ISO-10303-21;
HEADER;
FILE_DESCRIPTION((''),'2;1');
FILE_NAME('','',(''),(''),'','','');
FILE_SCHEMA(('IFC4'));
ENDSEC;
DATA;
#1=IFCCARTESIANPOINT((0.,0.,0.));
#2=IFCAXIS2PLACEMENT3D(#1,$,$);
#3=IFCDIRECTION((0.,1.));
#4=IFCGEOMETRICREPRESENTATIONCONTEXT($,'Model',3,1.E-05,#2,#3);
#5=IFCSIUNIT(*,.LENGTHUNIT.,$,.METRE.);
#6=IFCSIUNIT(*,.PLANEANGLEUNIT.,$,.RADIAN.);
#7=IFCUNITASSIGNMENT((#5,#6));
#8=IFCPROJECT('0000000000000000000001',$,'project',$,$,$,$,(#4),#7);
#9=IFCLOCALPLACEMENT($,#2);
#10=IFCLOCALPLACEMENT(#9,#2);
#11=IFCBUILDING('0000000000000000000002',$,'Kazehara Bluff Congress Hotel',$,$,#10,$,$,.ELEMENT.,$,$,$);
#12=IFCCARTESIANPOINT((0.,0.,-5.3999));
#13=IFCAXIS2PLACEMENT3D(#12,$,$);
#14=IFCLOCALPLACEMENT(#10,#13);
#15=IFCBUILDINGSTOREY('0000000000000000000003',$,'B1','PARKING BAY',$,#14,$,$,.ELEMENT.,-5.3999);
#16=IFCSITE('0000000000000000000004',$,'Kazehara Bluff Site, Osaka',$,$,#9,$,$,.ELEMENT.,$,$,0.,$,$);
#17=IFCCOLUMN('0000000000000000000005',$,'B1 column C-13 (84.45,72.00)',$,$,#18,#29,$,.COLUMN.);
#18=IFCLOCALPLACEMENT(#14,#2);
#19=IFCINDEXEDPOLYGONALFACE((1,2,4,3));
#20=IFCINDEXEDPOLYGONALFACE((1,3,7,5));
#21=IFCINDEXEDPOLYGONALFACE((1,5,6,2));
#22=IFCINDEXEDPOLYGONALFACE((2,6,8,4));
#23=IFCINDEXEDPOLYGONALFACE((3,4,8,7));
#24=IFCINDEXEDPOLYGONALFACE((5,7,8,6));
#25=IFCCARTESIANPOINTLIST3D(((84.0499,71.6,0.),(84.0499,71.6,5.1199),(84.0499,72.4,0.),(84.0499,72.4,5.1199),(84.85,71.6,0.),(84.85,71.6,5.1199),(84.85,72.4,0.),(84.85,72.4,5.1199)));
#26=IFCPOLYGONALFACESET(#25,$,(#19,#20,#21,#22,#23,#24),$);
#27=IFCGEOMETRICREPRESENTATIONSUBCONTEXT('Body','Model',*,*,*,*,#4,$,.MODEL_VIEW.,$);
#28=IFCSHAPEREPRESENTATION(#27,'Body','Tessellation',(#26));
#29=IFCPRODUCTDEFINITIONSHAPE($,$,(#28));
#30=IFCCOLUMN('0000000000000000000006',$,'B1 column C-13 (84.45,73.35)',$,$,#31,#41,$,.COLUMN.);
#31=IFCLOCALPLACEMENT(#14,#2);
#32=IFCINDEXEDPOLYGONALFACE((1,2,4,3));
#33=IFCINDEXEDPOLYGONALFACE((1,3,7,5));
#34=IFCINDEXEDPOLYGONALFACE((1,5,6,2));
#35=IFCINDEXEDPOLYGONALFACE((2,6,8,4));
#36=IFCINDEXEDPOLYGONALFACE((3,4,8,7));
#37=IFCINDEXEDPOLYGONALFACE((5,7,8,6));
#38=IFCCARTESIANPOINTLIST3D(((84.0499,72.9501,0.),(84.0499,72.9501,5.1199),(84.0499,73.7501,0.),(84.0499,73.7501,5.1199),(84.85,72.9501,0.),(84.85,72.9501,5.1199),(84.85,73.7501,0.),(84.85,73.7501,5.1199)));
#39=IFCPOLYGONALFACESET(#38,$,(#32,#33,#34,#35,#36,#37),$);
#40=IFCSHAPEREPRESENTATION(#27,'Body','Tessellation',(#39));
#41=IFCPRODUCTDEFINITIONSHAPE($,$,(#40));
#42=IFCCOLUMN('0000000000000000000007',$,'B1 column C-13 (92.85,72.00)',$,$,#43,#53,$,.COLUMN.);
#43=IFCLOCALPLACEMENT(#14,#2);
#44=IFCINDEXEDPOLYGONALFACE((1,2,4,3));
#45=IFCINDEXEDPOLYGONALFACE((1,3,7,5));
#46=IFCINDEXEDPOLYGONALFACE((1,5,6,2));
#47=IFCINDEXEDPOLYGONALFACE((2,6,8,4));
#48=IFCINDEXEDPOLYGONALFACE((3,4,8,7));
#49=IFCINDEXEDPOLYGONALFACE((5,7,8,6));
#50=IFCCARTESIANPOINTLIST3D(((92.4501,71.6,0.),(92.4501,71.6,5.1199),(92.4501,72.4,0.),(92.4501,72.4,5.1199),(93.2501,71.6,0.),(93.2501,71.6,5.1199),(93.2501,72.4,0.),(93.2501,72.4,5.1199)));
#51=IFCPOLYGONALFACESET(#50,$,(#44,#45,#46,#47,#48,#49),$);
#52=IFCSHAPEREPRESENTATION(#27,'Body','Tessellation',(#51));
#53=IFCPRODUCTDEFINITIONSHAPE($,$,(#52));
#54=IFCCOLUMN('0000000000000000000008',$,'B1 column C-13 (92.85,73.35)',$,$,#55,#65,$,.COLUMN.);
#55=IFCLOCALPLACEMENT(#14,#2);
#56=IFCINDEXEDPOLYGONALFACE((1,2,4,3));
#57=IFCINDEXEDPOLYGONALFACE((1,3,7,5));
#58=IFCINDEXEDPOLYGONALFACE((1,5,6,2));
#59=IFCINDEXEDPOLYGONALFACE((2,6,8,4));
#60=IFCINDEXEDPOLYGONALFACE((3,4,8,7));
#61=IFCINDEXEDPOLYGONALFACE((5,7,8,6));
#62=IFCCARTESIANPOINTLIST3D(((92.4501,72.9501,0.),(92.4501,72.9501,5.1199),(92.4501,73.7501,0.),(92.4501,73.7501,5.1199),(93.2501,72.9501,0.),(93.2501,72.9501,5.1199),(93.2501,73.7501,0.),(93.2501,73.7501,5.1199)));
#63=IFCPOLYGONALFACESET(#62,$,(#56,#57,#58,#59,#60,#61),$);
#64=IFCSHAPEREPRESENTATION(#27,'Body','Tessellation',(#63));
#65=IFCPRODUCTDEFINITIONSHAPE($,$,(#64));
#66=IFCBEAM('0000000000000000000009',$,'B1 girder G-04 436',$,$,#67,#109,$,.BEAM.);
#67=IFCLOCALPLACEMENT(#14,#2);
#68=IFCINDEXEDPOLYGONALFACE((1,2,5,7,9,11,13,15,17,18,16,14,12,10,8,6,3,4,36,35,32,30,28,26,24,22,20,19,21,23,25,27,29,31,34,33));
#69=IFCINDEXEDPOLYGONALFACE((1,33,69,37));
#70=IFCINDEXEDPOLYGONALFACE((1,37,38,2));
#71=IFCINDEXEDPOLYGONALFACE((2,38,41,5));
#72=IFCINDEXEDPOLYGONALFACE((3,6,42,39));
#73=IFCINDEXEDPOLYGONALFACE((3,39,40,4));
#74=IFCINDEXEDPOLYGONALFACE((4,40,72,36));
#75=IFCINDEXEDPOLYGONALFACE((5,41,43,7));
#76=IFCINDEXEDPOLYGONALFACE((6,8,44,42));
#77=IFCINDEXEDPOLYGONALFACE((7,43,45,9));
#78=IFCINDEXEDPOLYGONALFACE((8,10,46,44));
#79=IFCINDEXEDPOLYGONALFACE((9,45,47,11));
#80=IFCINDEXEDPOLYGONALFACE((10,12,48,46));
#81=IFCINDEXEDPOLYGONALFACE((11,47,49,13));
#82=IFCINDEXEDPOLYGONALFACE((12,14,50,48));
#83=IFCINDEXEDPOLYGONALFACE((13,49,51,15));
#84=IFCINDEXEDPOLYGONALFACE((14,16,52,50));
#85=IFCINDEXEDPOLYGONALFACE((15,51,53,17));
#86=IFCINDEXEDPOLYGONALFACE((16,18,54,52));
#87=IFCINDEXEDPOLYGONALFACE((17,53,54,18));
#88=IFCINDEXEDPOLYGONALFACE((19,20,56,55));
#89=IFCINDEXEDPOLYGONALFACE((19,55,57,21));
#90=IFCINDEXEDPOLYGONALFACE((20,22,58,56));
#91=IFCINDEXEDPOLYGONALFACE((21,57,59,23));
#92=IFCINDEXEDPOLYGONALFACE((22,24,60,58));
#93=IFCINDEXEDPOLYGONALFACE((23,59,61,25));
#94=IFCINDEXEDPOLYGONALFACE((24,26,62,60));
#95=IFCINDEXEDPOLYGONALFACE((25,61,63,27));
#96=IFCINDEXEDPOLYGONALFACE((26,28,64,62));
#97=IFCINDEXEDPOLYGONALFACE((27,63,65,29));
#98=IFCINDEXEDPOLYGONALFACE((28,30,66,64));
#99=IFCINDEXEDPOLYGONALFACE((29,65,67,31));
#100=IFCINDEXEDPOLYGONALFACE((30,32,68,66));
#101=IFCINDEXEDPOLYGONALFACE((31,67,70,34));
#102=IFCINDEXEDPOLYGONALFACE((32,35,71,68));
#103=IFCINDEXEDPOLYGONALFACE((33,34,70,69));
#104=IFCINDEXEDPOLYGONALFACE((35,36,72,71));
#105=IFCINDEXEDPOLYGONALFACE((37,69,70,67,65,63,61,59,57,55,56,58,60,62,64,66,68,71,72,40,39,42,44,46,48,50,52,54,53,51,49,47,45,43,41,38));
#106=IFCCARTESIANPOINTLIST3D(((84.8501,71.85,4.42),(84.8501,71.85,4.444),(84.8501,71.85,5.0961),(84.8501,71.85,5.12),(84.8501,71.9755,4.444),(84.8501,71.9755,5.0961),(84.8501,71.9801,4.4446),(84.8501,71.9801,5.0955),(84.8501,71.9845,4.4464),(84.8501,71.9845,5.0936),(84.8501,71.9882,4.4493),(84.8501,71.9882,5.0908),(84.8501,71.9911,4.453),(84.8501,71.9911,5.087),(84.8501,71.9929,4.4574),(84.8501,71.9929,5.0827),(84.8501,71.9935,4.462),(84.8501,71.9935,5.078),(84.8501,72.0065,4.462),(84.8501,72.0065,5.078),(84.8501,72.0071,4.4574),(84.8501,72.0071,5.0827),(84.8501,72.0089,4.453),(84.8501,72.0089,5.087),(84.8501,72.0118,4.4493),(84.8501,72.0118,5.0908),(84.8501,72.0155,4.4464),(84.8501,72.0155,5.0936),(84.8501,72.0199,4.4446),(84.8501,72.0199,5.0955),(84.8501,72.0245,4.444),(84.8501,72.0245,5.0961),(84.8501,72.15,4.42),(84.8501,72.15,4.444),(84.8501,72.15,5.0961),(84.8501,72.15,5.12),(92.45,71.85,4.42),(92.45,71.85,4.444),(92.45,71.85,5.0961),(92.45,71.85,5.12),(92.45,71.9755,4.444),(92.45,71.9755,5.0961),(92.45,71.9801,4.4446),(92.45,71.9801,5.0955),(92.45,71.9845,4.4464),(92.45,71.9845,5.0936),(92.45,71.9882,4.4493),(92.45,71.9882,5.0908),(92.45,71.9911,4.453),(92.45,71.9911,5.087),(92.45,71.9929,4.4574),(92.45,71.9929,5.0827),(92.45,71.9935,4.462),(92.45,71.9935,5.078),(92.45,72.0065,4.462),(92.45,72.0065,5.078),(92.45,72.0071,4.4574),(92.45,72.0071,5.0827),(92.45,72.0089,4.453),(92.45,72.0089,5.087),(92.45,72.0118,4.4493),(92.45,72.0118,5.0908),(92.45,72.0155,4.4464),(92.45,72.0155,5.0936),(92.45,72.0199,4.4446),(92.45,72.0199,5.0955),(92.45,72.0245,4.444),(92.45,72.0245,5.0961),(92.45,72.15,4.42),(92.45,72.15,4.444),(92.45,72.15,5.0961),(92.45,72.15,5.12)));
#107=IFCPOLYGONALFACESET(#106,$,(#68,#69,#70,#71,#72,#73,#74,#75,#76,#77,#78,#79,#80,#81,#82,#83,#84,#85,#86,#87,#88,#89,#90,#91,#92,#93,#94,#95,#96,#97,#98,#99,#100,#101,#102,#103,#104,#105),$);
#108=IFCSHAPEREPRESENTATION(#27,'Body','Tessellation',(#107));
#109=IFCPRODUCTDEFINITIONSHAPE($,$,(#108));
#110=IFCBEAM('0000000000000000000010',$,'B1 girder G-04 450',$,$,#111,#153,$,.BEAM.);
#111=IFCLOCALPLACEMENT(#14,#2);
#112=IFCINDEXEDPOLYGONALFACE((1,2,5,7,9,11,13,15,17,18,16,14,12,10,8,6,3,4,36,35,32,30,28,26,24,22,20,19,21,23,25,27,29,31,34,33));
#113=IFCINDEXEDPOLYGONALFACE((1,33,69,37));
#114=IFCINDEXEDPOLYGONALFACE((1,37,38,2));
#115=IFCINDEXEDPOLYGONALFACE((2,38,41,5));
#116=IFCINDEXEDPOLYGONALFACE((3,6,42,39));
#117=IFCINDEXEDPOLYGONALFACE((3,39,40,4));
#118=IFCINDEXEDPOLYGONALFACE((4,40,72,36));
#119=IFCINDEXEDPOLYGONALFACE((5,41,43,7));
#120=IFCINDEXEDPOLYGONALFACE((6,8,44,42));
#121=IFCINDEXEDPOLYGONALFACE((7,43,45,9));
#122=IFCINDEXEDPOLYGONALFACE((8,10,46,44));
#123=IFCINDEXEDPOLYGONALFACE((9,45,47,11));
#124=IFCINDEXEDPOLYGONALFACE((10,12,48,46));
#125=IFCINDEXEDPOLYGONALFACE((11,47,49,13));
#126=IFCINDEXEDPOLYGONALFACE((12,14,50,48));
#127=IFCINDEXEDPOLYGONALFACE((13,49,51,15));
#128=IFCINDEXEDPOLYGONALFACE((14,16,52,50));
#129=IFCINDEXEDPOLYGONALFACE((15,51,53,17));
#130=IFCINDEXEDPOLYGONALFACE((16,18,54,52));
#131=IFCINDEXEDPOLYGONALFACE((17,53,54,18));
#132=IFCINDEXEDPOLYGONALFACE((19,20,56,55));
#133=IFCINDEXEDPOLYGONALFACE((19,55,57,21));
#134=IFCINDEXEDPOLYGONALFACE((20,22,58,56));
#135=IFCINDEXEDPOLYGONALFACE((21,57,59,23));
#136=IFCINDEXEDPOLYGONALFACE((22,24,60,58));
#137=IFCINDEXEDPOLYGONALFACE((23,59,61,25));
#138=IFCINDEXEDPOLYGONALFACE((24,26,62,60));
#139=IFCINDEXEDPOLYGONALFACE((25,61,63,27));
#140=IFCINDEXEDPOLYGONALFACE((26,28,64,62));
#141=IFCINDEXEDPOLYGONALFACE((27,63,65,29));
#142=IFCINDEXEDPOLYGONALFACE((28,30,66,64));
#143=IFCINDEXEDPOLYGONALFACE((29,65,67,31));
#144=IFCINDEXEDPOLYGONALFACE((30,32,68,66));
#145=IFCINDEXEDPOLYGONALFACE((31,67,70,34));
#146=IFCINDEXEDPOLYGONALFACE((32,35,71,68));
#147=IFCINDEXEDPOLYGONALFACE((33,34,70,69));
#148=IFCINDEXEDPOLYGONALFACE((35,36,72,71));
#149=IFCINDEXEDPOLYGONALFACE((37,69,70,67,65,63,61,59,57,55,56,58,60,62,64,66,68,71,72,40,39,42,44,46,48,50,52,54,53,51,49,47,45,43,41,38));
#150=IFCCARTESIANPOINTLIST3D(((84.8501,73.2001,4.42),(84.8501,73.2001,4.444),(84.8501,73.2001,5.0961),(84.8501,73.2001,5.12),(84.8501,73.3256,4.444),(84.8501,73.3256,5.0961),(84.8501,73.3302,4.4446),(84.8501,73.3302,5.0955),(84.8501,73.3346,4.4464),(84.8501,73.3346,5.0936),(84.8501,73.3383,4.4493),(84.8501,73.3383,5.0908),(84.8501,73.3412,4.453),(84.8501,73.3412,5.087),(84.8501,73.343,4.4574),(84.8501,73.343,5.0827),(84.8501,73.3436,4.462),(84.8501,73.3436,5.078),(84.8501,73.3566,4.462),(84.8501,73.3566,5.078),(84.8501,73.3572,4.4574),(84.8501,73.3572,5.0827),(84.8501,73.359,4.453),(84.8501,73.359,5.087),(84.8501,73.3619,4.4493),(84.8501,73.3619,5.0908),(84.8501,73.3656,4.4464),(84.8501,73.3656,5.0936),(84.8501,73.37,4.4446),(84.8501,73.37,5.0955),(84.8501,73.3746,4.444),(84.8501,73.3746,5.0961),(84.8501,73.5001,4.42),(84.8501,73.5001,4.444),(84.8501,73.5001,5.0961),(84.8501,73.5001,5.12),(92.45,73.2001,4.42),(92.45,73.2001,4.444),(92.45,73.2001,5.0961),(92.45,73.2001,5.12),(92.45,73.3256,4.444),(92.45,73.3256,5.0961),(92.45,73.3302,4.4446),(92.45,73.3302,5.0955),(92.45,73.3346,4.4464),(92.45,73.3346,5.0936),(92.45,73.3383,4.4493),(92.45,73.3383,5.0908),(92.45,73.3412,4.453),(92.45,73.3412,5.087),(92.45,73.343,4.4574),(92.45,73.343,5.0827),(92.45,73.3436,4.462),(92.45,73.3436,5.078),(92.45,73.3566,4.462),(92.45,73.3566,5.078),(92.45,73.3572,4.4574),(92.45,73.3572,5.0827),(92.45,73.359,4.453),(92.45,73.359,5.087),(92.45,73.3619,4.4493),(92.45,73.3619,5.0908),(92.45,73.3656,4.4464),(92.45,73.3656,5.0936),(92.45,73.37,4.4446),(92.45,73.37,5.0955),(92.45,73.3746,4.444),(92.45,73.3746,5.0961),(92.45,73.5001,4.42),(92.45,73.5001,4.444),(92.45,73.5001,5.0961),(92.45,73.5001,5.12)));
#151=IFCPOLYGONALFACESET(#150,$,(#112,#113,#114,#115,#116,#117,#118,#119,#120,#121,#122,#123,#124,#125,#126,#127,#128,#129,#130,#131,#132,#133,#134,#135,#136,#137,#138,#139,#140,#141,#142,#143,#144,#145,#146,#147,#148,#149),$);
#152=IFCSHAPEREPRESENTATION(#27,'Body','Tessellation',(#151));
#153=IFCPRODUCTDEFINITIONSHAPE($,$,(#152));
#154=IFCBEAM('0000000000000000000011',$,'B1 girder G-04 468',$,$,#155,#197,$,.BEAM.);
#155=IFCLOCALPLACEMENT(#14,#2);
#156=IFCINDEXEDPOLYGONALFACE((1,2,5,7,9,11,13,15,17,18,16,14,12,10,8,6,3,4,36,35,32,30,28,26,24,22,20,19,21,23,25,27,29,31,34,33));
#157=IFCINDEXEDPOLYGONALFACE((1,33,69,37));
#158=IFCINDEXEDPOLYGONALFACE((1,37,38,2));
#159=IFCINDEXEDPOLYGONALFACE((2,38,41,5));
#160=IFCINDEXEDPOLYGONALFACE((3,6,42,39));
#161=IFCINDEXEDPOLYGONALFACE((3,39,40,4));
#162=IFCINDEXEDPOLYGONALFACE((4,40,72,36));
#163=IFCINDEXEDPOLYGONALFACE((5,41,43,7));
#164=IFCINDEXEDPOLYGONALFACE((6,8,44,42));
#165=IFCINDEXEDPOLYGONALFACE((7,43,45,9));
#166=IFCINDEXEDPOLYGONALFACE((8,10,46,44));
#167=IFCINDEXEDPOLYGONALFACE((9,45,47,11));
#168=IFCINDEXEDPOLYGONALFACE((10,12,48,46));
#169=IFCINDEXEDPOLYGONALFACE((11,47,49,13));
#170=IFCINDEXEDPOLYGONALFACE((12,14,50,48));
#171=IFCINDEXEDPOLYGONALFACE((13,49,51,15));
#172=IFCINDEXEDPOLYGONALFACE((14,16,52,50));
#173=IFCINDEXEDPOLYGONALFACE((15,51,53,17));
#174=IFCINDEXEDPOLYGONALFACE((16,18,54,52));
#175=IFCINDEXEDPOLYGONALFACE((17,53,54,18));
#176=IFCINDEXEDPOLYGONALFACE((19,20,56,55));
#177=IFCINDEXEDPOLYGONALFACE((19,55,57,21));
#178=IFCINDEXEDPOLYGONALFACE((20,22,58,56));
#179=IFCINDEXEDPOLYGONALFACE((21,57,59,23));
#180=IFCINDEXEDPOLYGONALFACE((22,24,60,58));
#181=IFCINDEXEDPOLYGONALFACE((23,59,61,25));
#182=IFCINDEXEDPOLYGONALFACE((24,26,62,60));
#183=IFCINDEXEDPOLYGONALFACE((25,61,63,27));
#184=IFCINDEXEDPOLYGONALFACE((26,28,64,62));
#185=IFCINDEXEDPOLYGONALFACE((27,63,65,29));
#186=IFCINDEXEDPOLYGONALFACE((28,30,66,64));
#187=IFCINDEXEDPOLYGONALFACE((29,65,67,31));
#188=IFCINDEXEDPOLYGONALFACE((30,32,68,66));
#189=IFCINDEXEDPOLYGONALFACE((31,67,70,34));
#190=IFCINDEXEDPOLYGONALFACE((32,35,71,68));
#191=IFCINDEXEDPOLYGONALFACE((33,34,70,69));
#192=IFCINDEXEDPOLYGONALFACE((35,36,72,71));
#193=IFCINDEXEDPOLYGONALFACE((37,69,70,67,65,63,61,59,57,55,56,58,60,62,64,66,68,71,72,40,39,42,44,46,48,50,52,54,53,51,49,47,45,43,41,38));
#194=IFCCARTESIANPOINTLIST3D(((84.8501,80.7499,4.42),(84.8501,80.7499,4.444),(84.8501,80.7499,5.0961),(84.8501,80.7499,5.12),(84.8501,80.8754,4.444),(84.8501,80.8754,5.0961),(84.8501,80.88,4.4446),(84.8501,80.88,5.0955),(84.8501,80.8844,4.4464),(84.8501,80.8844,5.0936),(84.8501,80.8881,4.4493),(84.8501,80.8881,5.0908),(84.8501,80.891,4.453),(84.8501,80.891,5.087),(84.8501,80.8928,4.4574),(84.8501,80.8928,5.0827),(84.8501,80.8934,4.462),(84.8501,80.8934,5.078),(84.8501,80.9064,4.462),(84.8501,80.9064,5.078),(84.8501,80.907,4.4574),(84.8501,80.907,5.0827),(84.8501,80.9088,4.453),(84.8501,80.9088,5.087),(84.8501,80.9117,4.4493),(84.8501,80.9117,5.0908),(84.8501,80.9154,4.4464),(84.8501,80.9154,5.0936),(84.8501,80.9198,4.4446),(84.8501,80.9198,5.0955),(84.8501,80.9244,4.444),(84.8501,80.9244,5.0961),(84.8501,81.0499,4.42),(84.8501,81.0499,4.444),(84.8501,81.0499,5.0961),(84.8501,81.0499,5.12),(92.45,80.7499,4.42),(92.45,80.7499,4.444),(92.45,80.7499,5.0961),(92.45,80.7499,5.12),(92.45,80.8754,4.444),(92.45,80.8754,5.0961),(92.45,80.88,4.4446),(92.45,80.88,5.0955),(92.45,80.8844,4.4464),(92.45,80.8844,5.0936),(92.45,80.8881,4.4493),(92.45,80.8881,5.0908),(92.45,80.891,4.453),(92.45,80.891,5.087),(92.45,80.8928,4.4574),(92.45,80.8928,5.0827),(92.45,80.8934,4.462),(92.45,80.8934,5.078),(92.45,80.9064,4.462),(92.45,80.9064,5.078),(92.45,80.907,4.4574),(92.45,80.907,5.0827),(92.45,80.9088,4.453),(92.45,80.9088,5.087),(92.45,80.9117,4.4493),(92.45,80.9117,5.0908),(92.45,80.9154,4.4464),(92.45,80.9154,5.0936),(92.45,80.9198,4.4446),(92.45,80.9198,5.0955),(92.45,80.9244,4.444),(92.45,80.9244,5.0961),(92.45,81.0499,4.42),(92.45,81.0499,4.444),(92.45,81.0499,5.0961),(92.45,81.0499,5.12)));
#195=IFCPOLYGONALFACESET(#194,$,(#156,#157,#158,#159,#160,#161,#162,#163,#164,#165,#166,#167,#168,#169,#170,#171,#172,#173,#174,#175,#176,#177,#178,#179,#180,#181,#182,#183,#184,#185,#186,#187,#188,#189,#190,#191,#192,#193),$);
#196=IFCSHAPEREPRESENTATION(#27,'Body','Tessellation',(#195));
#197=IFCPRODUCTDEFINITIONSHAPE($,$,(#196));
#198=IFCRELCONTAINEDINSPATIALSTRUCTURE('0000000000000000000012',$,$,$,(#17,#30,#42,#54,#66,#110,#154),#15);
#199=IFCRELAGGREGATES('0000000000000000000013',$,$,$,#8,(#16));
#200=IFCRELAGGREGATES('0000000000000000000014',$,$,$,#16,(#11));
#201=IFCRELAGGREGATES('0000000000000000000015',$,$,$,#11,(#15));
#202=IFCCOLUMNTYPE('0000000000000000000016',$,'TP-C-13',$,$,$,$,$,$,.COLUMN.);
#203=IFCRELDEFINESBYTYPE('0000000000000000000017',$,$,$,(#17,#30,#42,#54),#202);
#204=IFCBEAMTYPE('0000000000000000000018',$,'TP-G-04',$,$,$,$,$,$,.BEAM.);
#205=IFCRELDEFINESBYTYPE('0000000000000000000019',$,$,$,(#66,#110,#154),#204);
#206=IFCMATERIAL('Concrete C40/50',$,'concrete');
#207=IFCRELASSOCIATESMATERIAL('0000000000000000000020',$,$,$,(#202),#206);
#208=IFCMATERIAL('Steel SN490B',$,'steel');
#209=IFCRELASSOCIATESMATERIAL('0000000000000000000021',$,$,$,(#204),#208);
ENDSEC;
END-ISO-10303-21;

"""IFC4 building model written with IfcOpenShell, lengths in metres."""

from ifc_helpers import new_model, si_unit, direction, frame, origin, origin_2d, place, context, subcontext, project, spatial, rectangle, i_section, extrude, material, material_profile, profile_set, type_object, element, save


model = new_model("IFC4")

# Units and contexts
model_context = context("Model", 3, precision=1e-05, world=origin(), true_north=direction((0.0, 1.0)))
body_context = subcontext(model_context, "Body", "Model", "MODEL_VIEW")
ifc_project = project(units=[si_unit("LENGTHUNIT", "METRE"), si_unit("PLANEANGLEUNIT", "RADIAN")], contexts=[model_context])

# Site, building, storey
site_placement = place(None, origin())
site = spatial("IfcSite", under=ifc_project, at=site_placement, Name="Kazehara Bluff Site, Osaka", CompositionType="ELEMENT", RefElevation=0.0)
building_placement = place(site_placement, origin())
building = spatial("IfcBuilding", under=site, at=building_placement, Name="Kazehara Bluff Congress Hotel", CompositionType="ELEMENT")
storey_placement = place(building_placement, frame((0.0, 0.0, -5.3999)))
storey = spatial("IfcBuildingStorey", under=building, at=storey_placement, Name="B1", Description="PARKING BAY", CompositionType="ELEMENT", Elevation=-5.3999)

# Columns
ifc_material_1 = material(Name="Concrete C40/50", Category="concrete")
ifc_material_profile_1 = material_profile(ifc_material_1, rectangle(XDim=0.8, YDim=0.8, at=origin_2d()))
ifc_profile_set_1 = profile_set([ifc_material_profile_1], Name="Concrete C40/50")
column_type_1 = type_object("IfcColumnType", Name="TP-C-13", PredefinedType="COLUMN", material=ifc_profile_set_1)
for number, where, z_axis, x_axis, name in (
    (1, (84.45, 72.0, 0.0), (0.0, 0.0, 1.0), (1.0, 0.0, 0.0), "B1 column C-13 (84.45,72.00)"),
    (2, (84.45, 73.3501, 0.0), (0.0, 0.0, 1.0), (1.0, 0.0, 0.0), "B1 column C-13 (84.45,73.35)"),
    (3, (92.8501, 72.0, 0.0), (0.0, 0.0, 1.0), (1.0, 0.0, 0.0), "B1 column C-13 (92.85,72.00)"),
    (4, (92.8501, 73.3501, 0.0), (0.0, 0.0, 1.0), (1.0, 0.0, 0.0), "B1 column C-13 (92.85,73.35)"),
):
    element("IfcColumn", number, at=place(storey_placement, frame(where, z_axis=z_axis, x_axis=x_axis)), inside=storey, type_object=column_type_1, Name=name, PredefinedType="COLUMN", context=body_context, shape_type="SweptSolid", body=[
        extrude(rectangle(XDim=0.8, YDim=0.8, at=origin_2d()), origin(), (0.0, 0.0, 1.0), 5.1199),
    ])

# Beams
ifc_material_2 = material(Name="Steel SN490B", Category="steel")
ifc_material_profile_2 = material_profile(ifc_material_2, i_section(OverallWidth=0.3, OverallDepth=0.7, WebThickness=0.0129, FlangeThickness=0.0239, FilletRadius=0.0181, at=origin_2d()))
ifc_profile_set_2 = profile_set([ifc_material_profile_2], Name="Steel SN490B")
beam_type_1 = type_object("IfcBeamType", Name="TP-G-04", PredefinedType="BEAM", material=ifc_profile_set_2)
for number, where, z_axis, x_axis, name in (
    (5, (84.8501, 72.0, 4.77), (1.0, 0.0, 0.0), (0.0, 1.0, 0.0), "B1 girder G-04 436"),
    (6, (84.8501, 73.3501, 4.77), (1.0, 0.0, 0.0), (0.0, 1.0, 0.0), "B1 girder G-04 450"),
    (7, (84.8501, 80.8999, 4.77), (1.0, 0.0, 0.0), (0.0, 1.0, 0.0), "B1 girder G-04 468"),
):
    element("IfcBeam", number, at=place(storey_placement, frame(where, z_axis=z_axis, x_axis=x_axis)), inside=storey, type_object=beam_type_1, Name=name, PredefinedType="BEAM", context=body_context, shape_type="SweptSolid", body=[
        extrude(i_section(OverallWidth=0.3, OverallDepth=0.7, WebThickness=0.0129, FlangeThickness=0.0239, FilletRadius=0.0181, at=origin_2d()), origin(), (0.0, 0.0, 1.0), 7.5999),
    ])

save(model, "model.ifc")
